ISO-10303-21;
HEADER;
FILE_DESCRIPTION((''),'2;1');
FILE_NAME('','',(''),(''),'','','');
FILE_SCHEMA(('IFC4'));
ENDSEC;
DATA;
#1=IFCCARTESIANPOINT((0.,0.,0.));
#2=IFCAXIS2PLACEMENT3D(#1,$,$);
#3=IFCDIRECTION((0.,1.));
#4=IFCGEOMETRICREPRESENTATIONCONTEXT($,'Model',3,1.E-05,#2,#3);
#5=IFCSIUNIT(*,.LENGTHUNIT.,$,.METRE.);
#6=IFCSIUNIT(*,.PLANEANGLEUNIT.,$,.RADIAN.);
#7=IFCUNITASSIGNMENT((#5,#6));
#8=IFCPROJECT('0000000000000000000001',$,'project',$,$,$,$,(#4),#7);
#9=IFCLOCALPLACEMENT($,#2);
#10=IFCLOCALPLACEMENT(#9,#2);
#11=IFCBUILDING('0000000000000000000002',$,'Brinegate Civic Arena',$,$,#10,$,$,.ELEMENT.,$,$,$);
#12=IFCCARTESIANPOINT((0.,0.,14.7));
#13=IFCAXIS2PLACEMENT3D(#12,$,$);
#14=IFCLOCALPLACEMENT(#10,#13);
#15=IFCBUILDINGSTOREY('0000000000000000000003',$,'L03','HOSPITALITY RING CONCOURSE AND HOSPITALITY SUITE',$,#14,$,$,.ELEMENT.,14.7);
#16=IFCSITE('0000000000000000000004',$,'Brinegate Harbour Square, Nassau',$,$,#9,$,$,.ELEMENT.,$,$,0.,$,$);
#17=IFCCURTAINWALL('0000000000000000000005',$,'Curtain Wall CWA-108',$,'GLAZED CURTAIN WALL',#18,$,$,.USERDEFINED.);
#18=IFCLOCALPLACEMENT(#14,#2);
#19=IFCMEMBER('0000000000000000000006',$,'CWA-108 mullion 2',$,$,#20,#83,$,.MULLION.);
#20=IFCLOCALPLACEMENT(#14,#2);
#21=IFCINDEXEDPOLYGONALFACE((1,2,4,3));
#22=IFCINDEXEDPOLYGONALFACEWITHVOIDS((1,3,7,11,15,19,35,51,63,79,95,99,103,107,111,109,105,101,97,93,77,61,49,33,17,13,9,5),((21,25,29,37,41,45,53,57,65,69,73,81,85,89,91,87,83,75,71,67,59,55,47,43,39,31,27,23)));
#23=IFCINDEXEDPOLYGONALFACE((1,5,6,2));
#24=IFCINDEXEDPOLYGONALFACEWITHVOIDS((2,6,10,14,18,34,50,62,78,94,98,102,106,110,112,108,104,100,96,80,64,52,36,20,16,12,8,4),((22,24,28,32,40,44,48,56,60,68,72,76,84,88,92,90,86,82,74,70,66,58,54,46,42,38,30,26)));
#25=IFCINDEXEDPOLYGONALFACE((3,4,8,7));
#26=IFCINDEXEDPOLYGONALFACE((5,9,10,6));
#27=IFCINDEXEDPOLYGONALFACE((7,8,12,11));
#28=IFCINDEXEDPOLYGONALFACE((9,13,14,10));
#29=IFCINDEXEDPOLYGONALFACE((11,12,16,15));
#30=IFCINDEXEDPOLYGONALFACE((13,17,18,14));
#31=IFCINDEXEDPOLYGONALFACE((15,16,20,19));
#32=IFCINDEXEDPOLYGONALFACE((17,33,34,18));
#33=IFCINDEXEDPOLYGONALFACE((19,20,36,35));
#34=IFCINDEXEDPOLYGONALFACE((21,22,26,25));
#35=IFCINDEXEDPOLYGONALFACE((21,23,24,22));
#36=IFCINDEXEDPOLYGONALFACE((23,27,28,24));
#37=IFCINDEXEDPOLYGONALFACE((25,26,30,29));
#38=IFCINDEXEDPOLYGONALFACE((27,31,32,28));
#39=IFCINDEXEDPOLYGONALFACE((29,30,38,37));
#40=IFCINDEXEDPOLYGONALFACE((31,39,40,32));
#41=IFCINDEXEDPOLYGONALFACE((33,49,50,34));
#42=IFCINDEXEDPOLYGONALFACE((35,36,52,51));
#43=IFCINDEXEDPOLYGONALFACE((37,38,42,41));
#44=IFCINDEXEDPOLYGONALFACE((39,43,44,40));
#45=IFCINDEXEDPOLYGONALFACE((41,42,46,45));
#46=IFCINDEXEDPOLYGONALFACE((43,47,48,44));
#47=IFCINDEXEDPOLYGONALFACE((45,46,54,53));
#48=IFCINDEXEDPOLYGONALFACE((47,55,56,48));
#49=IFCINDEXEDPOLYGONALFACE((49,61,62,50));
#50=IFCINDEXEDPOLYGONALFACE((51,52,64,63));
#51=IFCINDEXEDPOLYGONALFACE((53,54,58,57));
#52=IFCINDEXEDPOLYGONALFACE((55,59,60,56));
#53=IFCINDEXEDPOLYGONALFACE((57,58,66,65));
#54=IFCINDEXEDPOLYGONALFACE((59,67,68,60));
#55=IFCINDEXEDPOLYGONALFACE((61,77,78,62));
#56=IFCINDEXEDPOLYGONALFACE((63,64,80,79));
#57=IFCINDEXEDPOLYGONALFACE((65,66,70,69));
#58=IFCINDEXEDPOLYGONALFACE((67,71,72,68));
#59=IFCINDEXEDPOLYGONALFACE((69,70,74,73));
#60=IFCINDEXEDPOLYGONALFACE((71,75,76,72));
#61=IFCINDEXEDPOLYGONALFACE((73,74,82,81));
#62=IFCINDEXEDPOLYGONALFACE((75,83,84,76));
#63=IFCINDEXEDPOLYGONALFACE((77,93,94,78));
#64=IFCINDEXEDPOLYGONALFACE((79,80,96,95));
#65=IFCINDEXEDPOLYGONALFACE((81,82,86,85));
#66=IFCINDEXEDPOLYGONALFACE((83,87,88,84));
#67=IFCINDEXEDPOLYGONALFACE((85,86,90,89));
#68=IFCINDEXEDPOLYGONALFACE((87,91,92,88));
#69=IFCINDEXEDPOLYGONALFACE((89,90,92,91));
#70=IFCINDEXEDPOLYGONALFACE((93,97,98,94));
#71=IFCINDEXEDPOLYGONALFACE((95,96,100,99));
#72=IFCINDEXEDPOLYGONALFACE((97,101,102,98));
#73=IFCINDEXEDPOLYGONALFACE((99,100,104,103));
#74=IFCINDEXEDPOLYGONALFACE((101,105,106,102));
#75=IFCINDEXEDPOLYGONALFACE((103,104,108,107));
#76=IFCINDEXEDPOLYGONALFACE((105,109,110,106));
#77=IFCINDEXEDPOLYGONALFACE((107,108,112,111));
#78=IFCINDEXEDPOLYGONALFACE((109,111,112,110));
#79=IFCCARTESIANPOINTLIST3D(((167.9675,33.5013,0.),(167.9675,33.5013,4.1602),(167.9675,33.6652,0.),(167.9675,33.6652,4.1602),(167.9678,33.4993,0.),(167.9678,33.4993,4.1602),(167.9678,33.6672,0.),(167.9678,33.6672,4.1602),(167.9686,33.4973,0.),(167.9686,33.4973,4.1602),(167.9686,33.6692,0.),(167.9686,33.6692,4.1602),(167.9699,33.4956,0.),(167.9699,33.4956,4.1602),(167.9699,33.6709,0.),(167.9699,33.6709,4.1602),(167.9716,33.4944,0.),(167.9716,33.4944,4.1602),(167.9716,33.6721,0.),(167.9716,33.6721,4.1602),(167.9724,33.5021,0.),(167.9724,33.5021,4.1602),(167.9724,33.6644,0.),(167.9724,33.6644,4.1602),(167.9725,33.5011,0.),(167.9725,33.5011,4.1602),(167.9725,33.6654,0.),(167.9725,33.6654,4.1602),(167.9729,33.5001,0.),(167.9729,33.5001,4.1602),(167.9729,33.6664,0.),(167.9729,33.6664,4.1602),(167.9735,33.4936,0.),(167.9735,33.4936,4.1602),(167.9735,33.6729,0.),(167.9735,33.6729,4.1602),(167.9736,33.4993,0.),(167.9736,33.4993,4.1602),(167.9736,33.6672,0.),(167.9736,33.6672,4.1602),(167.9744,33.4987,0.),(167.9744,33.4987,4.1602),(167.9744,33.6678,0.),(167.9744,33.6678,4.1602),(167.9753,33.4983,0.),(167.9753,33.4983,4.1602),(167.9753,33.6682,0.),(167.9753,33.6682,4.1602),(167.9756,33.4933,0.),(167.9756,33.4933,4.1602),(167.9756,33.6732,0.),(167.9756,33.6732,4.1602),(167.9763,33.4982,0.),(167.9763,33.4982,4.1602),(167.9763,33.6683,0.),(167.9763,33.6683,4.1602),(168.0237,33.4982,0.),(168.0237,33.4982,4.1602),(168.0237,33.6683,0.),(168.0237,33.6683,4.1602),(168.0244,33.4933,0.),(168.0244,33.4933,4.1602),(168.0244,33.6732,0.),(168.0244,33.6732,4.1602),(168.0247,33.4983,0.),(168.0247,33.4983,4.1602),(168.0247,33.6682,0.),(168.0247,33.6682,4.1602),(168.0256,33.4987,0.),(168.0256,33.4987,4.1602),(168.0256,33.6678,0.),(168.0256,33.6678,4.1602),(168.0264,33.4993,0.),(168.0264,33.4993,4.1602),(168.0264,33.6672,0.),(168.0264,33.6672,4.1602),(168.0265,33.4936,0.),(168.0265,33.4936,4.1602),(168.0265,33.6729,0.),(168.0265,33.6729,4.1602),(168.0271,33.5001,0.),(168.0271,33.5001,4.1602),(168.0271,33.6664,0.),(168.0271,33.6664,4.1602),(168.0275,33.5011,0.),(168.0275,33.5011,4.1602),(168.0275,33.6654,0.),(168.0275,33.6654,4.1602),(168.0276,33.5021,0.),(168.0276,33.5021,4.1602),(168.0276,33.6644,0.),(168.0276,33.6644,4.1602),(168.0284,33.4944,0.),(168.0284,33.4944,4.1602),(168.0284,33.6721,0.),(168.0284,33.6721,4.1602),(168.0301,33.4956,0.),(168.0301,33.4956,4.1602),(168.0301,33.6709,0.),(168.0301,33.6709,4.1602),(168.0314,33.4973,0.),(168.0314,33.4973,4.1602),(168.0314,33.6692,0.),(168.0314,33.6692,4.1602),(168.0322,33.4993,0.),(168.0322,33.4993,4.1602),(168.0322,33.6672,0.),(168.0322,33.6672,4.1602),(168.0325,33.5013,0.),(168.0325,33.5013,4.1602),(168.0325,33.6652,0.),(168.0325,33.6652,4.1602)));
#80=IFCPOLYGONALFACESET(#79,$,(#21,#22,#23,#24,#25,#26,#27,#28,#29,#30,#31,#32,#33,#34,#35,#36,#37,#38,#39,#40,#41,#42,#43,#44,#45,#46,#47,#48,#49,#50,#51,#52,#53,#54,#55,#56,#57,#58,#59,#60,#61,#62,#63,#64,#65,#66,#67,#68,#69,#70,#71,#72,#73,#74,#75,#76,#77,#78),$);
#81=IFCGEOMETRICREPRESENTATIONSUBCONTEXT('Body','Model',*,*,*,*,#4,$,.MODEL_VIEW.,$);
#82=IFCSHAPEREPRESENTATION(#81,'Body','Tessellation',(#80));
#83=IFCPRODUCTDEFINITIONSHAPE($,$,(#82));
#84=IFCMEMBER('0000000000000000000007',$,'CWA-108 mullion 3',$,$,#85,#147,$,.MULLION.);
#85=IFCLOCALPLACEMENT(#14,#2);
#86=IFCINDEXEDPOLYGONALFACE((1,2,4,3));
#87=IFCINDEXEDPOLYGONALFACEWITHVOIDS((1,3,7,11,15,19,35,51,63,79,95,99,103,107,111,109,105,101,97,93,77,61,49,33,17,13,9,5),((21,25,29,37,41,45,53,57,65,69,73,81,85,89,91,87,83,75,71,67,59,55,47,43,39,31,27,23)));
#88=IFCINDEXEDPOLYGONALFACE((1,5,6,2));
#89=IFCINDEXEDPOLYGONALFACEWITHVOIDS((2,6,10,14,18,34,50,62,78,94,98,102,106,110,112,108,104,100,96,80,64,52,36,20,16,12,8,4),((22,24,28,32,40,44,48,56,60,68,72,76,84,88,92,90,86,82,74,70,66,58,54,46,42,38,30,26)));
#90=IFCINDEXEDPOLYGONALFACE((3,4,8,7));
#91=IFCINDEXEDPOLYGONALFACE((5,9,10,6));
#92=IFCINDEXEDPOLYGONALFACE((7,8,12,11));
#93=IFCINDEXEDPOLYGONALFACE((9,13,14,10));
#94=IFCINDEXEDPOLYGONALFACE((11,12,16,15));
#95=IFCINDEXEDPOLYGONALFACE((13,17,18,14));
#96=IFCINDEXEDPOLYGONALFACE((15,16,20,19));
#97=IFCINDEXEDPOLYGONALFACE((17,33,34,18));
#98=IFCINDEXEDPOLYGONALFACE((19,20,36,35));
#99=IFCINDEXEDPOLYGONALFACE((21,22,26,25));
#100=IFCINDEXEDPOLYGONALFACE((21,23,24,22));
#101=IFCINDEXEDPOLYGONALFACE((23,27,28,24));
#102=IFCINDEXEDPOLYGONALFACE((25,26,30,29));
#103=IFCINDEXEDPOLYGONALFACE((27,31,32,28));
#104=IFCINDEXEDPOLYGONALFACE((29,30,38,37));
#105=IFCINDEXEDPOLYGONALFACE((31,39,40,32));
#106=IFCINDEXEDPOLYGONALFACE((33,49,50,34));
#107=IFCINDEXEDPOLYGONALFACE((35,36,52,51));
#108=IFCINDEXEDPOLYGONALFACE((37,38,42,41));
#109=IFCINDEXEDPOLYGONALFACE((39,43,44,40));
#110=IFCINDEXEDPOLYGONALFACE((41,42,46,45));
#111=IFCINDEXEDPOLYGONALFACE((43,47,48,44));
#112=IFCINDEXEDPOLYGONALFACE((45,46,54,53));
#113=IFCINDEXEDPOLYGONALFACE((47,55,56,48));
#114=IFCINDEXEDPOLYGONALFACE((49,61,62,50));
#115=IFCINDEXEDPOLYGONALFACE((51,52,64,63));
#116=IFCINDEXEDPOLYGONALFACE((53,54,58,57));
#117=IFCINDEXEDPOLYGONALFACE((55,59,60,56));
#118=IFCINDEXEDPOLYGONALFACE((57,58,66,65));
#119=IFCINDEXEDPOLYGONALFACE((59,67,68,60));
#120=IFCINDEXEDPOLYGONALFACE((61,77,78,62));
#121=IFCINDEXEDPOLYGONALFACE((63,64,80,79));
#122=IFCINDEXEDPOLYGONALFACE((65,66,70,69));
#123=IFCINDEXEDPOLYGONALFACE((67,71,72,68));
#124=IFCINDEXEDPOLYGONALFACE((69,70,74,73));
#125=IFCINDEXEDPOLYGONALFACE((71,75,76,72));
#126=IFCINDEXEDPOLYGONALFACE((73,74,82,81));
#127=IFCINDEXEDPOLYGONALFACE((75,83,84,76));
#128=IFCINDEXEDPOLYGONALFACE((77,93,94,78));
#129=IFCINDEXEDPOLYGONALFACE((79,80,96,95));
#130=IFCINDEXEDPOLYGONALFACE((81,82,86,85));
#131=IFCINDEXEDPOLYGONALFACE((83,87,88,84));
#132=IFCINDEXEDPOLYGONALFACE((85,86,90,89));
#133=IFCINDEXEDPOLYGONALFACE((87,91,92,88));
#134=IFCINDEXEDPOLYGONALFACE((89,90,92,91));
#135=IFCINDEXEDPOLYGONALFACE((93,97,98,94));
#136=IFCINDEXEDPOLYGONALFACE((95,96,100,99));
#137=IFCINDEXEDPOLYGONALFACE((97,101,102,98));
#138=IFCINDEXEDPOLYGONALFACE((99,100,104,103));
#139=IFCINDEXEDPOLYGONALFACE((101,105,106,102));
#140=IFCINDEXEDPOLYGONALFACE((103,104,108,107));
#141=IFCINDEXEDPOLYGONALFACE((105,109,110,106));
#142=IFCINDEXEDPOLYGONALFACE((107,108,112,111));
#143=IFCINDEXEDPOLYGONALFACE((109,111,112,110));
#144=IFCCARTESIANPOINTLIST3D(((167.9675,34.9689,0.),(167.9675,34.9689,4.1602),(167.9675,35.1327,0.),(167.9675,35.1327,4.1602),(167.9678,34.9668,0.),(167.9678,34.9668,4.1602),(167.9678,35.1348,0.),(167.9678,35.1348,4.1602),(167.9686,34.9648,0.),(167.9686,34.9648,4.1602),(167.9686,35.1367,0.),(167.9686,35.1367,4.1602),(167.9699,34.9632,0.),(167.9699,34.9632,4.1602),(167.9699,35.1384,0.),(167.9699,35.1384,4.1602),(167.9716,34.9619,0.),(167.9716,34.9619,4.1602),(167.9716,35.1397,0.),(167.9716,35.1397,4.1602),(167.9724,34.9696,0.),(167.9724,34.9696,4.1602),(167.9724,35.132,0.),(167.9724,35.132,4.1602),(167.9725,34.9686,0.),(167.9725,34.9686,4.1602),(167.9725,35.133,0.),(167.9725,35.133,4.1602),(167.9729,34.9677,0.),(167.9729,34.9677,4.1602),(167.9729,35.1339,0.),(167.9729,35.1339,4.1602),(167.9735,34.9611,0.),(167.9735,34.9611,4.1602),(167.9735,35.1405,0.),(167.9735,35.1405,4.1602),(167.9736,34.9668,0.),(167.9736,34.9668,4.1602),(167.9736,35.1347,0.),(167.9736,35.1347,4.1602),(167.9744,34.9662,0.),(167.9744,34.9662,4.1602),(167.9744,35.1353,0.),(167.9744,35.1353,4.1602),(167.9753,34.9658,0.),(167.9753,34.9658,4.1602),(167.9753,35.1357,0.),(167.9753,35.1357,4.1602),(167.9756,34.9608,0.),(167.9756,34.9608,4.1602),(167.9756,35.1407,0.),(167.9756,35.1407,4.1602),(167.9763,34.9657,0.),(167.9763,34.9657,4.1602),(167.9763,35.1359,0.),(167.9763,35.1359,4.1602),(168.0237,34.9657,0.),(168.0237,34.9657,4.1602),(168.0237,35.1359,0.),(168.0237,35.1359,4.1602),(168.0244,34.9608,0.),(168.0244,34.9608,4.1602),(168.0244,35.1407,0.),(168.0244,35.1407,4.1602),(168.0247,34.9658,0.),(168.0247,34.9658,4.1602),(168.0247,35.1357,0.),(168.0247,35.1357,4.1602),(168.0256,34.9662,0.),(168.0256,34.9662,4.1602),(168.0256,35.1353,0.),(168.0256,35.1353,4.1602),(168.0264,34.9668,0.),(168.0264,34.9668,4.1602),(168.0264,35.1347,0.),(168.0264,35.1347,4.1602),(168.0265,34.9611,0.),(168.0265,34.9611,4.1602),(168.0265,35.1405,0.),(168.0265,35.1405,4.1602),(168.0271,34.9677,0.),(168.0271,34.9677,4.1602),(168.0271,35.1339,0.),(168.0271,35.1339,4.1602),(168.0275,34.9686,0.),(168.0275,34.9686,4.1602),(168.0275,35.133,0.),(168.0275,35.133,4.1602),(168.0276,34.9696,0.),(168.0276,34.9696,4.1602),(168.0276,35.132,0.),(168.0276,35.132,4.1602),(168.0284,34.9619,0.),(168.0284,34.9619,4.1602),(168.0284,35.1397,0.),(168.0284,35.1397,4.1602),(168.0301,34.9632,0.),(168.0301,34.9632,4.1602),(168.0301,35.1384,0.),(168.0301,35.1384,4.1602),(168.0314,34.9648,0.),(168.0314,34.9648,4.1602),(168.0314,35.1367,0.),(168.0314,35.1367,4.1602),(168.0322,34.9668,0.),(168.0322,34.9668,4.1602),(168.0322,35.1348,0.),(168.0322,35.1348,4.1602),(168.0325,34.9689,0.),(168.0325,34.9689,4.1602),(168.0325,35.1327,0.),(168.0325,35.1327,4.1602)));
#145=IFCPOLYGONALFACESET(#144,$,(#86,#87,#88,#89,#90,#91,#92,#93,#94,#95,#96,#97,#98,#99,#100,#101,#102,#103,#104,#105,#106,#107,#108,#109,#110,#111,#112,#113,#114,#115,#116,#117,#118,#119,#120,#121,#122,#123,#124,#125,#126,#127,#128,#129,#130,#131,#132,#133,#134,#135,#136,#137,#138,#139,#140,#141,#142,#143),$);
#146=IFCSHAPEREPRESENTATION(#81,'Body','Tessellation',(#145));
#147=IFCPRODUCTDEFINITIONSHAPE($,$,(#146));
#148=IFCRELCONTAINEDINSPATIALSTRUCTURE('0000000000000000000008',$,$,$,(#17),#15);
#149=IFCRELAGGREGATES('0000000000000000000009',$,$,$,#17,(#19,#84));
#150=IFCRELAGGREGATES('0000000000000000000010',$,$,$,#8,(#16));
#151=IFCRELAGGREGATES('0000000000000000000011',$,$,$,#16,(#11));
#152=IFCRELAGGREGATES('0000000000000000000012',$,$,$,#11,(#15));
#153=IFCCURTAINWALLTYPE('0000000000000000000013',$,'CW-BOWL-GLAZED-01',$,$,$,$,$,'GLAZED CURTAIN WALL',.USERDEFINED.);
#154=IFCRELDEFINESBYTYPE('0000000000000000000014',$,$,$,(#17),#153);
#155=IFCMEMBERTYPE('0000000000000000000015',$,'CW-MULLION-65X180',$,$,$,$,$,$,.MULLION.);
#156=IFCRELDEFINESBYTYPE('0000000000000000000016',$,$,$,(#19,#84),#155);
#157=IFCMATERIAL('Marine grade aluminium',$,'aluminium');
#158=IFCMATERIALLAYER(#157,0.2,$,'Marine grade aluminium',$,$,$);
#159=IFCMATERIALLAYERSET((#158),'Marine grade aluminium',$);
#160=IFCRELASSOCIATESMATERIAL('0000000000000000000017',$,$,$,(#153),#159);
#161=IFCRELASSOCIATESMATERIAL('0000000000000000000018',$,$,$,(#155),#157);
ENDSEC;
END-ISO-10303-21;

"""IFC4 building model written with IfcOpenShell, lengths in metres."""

from ifc_helpers import new_model, si_unit, direction, frame, origin, origin_2d, place, context, subcontext, project, spatial, hollow_rectangle, extrude, material, layer, layer_set, material_profile, profile_set, type_object, element, aggregate, save


model = new_model("IFC4")

# Units and contexts
model_context = context("Model", 3, precision=1e-05, world=origin(), true_north=direction((0.0, 1.0)))
body_context = subcontext(model_context, "Body", "Model", "MODEL_VIEW")
ifc_project = project(units=[si_unit("LENGTHUNIT", "METRE"), si_unit("PLANEANGLEUNIT", "RADIAN")], contexts=[model_context])

# Site, building, storey
site_placement = place(None, origin())
site = spatial("IfcSite", under=ifc_project, at=site_placement, Name="Brinegate Harbour Square, Nassau", CompositionType="ELEMENT", RefElevation=0.0)
building_placement = place(site_placement, origin())
building = spatial("IfcBuilding", under=site, at=building_placement, Name="Brinegate Civic Arena", CompositionType="ELEMENT")
storey_placement = place(building_placement, frame((0.0, 0.0, 14.7)))
storey = spatial("IfcBuildingStorey", under=building, at=storey_placement, Name="L03", Description="HOSPITALITY RING CONCOURSE AND HOSPITALITY SUITE", CompositionType="ELEMENT", Elevation=14.7)

# Curtain wall, members
ifc_material_1 = material(Name="Marine grade aluminium", Category="aluminium")
ifc_layer_1 = layer(ifc_material_1, 0.2, Name="Marine grade aluminium")
ifc_layer_set_1 = layer_set([ifc_layer_1], Name="Marine grade aluminium")
curtain_wall_type = type_object("IfcCurtainWallType", Name="CW-BOWL-GLAZED-01", ElementType="GLAZED CURTAIN WALL", PredefinedType="USERDEFINED", material=ifc_layer_set_1)
curtain_wall_placement = place(storey_placement, origin())
curtain_wall = element("IfcCurtainWall", 1, at=curtain_wall_placement, inside=storey, type_object=curtain_wall_type, Name="Curtain Wall CWA-108", ObjectType="GLAZED CURTAIN WALL", PredefinedType="USERDEFINED")
ifc_material_profile_1 = material_profile(ifc_material_1, hollow_rectangle(XDim=0.0649, YDim=0.1799, WallThickness=0.0049, InnerFilletRadius=0.0039, OuterFilletRadius=0.0081, at=origin_2d()), Name="MUL65X180")
ifc_profile_set_1 = profile_set([ifc_material_profile_1], Name="Marine grade aluminium")
member_type_1 = type_object("IfcMemberType", Name="CW-MULLION-65X180", PredefinedType="MULLION", material=ifc_profile_set_1)
member_1_placement = place(storey_placement, frame((168.0, 33.5833, 0.0), z_axis=(0.0, 0.0, 1.0), x_axis=(-1.0, 0.0, 0.0)))
member_1 = element("IfcMember", 2, at=member_1_placement, type_object=member_type_1, Name="CWA-108 mullion 2", PredefinedType="MULLION", context=body_context, shape_type="SweptSolid", body=[
    extrude(hollow_rectangle(XDim=0.0649, YDim=0.1799, WallThickness=0.0049, InnerFilletRadius=0.0039, OuterFilletRadius=0.0081, at=origin_2d()), origin(), (0.0, 0.0, 1.0), 4.1602),
])
member_2_placement = place(storey_placement, frame((168.0, 35.0508, 0.0), z_axis=(0.0, 0.0, 1.0), x_axis=(-1.0, 0.0, 0.0)))
member_2 = element("IfcMember", 3, at=member_2_placement, type_object=member_type_1, Name="CWA-108 mullion 3", PredefinedType="MULLION", context=body_context, shape_type="SweptSolid", body=[
    extrude(hollow_rectangle(XDim=0.0649, YDim=0.1799, WallThickness=0.0049, InnerFilletRadius=0.0039, OuterFilletRadius=0.0081, at=origin_2d()), origin(), (0.0, 0.0, 1.0), 4.1602),
])
aggregate(curtain_wall, [member_1, member_2])

save(model, "model.ifc")
